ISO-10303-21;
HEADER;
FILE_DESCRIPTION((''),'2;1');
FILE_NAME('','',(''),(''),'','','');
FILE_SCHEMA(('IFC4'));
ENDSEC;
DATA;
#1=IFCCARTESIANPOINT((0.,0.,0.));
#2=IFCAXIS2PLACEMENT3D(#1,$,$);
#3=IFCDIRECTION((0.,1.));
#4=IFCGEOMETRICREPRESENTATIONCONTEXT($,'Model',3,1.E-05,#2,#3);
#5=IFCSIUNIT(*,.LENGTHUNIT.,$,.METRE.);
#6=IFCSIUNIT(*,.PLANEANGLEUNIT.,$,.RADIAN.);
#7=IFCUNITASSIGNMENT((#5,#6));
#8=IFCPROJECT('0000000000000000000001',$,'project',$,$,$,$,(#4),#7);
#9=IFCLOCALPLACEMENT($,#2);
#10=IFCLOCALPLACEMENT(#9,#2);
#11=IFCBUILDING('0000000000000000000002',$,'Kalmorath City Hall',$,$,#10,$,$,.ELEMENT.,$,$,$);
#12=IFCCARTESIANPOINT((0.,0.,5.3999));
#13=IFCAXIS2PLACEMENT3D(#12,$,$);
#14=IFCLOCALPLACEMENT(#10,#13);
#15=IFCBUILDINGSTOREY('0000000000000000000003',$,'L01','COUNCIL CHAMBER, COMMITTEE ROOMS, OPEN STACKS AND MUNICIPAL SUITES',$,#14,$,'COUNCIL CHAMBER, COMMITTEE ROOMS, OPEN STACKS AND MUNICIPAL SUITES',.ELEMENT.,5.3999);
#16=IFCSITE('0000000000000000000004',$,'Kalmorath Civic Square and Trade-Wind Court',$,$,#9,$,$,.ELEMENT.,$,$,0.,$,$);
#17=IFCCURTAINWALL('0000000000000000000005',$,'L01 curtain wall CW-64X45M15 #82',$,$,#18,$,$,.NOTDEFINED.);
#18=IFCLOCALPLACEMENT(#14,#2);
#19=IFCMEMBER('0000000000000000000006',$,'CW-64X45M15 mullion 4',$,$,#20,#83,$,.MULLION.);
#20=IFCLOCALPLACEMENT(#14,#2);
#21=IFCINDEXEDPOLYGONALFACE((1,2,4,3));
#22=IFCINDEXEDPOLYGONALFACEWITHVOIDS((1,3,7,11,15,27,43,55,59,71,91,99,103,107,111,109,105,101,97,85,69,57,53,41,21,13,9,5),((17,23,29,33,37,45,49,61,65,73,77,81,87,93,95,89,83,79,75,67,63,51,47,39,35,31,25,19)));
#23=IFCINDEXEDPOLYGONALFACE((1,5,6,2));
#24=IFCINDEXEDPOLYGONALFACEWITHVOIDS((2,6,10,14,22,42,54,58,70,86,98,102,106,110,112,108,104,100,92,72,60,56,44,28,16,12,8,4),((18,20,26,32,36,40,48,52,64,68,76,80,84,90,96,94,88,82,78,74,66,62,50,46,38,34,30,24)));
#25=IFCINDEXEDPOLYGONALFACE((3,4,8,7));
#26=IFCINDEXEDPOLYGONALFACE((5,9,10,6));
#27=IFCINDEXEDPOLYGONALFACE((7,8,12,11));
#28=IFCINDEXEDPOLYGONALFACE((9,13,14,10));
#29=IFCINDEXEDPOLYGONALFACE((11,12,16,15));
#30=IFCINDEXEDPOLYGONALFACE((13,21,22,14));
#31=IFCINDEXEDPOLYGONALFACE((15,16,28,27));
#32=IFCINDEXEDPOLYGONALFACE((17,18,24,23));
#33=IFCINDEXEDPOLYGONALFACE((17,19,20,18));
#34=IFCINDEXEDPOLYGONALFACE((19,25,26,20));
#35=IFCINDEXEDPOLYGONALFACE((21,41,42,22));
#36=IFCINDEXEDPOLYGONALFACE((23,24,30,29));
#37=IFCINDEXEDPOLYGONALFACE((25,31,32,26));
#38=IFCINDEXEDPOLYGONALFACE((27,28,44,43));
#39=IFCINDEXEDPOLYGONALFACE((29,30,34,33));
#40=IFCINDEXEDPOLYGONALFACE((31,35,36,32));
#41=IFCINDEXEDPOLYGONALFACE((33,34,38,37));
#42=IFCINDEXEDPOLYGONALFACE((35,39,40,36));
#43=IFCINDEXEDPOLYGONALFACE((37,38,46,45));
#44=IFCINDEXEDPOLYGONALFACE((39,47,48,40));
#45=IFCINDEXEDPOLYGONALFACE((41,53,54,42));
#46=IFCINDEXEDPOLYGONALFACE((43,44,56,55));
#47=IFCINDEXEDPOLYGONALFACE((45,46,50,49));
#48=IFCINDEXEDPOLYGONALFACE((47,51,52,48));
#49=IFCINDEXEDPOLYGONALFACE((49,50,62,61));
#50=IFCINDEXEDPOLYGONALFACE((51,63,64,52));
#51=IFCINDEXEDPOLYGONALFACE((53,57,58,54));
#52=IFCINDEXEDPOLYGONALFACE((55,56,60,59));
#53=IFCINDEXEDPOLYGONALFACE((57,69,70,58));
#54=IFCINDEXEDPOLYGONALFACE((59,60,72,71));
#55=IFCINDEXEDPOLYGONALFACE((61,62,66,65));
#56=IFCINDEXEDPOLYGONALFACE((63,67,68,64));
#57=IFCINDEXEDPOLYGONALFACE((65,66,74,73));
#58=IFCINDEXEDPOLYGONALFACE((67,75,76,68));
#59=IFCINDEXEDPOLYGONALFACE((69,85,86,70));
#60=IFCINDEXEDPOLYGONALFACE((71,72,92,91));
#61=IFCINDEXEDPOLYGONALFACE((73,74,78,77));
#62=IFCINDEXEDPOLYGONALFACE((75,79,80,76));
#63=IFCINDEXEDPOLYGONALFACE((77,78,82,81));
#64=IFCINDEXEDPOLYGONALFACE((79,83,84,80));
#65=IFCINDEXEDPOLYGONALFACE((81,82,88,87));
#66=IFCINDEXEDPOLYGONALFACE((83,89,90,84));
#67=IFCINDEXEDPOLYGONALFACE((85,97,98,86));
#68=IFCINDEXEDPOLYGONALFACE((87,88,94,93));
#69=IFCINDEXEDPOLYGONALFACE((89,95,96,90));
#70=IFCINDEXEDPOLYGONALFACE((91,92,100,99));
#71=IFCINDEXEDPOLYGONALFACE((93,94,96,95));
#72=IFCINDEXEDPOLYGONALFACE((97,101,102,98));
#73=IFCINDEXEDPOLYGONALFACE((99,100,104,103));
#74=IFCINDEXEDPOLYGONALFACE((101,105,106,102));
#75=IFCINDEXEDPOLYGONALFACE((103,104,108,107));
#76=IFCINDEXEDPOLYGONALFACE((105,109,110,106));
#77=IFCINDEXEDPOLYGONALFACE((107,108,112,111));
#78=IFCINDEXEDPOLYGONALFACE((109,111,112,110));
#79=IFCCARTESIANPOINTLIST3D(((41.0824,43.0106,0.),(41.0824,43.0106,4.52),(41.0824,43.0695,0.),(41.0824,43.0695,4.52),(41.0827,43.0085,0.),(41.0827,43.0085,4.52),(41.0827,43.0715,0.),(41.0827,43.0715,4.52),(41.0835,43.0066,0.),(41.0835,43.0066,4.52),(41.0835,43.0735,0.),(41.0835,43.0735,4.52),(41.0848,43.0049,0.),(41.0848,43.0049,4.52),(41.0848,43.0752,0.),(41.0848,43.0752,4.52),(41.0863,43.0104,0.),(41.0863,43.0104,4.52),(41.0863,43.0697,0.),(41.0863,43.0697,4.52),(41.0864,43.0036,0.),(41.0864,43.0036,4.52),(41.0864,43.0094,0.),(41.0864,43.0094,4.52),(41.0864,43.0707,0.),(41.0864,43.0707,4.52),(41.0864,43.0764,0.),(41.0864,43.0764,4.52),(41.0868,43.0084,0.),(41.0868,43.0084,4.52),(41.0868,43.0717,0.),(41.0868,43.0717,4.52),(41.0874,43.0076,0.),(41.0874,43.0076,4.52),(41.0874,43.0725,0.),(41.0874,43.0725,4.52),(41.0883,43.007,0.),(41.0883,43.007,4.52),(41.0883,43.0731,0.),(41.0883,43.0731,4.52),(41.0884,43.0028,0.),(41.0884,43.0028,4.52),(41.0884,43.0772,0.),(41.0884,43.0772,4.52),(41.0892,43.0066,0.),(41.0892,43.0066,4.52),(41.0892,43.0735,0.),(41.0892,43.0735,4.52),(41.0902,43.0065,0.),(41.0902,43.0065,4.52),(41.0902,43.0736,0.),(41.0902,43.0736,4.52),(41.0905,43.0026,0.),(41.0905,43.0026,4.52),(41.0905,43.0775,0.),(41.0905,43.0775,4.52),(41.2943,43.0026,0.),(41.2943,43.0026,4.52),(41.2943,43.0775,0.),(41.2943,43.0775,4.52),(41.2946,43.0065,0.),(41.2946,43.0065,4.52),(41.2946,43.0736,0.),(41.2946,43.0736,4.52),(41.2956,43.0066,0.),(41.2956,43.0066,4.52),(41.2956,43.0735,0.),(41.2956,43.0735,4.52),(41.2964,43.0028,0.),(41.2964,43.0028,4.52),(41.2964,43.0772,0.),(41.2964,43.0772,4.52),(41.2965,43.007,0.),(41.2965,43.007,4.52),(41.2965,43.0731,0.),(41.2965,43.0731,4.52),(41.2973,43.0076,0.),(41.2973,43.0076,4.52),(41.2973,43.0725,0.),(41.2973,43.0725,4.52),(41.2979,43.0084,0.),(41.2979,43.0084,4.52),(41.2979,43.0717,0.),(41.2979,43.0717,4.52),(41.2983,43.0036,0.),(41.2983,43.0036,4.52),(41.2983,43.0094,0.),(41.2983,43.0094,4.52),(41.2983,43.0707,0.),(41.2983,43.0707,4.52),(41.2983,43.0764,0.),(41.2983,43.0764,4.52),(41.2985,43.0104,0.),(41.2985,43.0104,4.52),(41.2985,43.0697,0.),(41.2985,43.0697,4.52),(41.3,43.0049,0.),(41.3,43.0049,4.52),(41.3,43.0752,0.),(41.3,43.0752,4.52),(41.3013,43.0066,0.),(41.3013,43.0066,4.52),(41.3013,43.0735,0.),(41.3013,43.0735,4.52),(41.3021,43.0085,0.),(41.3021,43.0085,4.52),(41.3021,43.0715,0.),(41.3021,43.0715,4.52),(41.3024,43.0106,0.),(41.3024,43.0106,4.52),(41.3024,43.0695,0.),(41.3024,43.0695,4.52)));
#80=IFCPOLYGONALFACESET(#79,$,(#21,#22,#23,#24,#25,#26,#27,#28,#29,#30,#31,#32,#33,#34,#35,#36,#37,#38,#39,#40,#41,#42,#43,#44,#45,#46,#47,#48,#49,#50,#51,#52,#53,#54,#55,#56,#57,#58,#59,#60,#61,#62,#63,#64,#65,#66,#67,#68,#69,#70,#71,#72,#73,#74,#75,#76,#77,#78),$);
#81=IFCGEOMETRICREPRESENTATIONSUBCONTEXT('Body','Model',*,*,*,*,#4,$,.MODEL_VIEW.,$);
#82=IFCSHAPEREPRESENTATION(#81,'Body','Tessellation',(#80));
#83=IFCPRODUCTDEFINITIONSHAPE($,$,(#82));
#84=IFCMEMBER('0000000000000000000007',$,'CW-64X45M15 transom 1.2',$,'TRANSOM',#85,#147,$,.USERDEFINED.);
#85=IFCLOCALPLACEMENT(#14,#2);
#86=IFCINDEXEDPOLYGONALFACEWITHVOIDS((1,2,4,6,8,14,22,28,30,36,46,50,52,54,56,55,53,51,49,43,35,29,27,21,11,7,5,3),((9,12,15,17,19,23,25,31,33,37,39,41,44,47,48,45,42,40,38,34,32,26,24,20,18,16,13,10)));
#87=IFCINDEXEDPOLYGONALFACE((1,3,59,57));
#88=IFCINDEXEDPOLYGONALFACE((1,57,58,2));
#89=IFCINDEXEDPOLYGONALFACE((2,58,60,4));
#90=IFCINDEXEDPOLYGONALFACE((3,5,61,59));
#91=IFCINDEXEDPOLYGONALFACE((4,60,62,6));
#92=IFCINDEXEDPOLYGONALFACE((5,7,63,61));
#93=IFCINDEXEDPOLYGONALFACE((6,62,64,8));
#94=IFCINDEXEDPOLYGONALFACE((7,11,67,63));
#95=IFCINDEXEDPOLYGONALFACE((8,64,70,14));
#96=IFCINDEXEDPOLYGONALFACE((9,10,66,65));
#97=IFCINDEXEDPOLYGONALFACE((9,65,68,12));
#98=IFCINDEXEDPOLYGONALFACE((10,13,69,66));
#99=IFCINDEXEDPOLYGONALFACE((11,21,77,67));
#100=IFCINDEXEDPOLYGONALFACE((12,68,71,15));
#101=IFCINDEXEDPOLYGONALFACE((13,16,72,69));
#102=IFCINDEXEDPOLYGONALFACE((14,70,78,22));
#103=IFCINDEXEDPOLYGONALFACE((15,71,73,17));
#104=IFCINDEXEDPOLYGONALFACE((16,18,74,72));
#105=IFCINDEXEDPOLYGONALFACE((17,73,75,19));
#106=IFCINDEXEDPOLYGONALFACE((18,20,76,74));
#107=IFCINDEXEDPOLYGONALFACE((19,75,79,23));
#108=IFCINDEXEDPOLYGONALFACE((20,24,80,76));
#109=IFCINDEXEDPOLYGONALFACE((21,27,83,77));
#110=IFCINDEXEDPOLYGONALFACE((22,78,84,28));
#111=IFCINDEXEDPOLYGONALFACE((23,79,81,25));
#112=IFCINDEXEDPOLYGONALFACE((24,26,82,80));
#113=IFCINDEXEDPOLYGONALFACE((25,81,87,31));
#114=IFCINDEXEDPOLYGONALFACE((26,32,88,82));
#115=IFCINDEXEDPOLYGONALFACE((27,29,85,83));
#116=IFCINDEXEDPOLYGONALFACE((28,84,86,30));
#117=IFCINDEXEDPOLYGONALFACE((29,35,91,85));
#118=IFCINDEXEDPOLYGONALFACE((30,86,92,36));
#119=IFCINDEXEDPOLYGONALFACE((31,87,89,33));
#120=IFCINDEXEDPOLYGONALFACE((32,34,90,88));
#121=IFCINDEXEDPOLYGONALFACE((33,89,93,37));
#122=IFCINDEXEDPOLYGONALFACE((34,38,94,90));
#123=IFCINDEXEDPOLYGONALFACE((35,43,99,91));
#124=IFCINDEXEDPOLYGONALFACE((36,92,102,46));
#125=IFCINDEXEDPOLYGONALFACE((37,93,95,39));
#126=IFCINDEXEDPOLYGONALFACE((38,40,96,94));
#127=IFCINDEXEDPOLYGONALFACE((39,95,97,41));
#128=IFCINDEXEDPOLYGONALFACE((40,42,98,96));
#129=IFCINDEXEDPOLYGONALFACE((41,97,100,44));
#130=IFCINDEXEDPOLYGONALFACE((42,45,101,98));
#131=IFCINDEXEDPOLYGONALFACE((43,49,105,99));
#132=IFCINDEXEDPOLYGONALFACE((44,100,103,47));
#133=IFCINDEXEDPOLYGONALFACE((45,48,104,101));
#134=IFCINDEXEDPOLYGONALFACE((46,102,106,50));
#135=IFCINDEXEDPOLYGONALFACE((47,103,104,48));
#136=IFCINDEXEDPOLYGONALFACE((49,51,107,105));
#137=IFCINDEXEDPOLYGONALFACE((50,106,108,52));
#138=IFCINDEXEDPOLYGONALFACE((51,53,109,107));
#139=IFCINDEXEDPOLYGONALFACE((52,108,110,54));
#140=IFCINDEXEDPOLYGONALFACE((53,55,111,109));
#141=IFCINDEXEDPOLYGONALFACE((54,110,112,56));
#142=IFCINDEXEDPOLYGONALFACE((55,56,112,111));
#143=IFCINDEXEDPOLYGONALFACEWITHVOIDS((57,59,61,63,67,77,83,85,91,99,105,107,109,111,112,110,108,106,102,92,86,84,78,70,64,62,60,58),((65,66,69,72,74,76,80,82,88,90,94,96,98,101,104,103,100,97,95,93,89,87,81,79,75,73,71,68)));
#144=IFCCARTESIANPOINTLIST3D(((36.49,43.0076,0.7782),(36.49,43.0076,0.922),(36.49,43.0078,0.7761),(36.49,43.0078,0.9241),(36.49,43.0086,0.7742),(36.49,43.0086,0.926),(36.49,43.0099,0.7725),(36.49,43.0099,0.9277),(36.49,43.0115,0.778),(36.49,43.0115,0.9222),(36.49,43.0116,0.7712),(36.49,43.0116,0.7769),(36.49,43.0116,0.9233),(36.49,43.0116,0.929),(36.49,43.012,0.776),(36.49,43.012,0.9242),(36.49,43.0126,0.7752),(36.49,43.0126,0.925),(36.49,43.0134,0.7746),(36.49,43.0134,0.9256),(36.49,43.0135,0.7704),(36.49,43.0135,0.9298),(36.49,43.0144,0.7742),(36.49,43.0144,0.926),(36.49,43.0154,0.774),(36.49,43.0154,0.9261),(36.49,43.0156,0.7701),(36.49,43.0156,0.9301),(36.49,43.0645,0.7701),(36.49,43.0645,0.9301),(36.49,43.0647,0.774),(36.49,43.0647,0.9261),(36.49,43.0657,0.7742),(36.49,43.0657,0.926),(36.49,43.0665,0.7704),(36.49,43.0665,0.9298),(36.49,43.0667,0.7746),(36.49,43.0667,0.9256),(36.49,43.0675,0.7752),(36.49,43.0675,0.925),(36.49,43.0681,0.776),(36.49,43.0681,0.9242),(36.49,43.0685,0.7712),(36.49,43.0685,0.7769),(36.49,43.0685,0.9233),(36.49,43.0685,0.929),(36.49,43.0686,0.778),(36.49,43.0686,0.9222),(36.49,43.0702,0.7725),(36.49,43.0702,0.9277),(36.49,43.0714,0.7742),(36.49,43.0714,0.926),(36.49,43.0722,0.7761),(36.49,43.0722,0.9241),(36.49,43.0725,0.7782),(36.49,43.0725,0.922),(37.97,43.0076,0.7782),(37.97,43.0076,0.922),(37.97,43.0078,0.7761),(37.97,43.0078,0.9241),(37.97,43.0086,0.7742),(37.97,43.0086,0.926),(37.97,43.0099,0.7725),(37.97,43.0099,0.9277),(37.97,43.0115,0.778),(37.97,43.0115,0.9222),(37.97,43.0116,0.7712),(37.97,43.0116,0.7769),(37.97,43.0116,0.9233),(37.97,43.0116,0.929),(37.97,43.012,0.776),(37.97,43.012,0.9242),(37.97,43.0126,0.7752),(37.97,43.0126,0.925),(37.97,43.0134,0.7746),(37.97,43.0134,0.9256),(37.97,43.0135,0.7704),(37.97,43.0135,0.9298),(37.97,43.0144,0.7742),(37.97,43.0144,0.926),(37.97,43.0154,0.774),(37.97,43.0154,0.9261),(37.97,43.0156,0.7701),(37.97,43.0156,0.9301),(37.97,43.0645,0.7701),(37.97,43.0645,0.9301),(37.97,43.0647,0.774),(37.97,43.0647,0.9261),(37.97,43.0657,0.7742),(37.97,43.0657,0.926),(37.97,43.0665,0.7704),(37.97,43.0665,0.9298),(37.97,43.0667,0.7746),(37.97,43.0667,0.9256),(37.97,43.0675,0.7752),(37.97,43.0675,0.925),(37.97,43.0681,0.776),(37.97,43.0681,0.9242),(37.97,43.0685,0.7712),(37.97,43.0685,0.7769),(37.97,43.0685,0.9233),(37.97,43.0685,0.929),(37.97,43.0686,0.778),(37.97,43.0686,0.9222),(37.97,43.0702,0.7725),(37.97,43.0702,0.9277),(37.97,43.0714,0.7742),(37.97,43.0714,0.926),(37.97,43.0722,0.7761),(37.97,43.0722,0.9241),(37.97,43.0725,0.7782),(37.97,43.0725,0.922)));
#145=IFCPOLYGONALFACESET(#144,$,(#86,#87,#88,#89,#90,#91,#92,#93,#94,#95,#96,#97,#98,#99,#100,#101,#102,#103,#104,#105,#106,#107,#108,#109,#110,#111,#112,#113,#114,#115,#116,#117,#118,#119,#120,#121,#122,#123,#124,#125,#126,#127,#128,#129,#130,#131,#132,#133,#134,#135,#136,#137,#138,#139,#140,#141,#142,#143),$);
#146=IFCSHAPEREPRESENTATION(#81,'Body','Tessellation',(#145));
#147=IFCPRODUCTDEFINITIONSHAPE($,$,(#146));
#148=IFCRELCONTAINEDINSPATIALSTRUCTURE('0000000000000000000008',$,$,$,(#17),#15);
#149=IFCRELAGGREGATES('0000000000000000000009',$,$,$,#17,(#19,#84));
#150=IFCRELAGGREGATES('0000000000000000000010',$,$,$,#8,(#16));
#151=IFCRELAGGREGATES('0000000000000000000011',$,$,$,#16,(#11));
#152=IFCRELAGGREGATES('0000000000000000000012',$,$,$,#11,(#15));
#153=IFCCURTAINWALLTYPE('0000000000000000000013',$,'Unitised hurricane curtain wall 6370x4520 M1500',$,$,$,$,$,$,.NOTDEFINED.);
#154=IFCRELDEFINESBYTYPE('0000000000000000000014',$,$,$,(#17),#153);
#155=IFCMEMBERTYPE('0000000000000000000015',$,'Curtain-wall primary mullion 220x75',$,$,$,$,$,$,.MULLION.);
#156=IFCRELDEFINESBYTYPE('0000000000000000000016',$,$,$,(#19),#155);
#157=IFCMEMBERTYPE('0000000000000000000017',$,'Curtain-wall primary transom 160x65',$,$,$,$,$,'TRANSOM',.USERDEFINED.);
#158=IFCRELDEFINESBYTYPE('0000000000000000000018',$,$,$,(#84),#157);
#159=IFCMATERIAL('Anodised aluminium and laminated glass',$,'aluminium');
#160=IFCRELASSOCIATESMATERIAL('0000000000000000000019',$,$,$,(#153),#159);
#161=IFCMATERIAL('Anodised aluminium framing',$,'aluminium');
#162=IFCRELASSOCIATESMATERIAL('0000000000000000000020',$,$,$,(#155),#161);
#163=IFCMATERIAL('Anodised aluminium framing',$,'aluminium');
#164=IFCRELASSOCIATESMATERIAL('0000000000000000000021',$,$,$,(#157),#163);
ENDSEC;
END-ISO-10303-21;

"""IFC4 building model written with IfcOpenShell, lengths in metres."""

from ifc_helpers import new_model, si_unit, direction, frame, origin, origin_2d, place, context, subcontext, project, spatial, hollow_rectangle, extrude, material, material_profile, profile_set, type_object, element, aggregate, save


model = new_model("IFC4")

# Units and contexts
model_context = context("Model", 3, precision=1e-05, world=origin(), true_north=direction((0.0, 1.0)))
body_context = subcontext(model_context, "Body", "Model", "MODEL_VIEW")
ifc_project = project(units=[si_unit("LENGTHUNIT", "METRE"), si_unit("PLANEANGLEUNIT", "RADIAN")], contexts=[model_context])

# Site, building, storey
site_placement = place(None, origin())
site = spatial("IfcSite", under=ifc_project, at=site_placement, Name="Kalmorath Civic Square and Trade-Wind Court", CompositionType="ELEMENT", RefElevation=0.0)
building_placement = place(site_placement, origin())
building = spatial("IfcBuilding", under=site, at=building_placement, Name="Kalmorath City Hall", CompositionType="ELEMENT")
storey_placement = place(building_placement, frame((0.0, 0.0, 5.3999)))
storey = spatial("IfcBuildingStorey", under=building, at=storey_placement, Name="L01", Description="COUNCIL CHAMBER, COMMITTEE ROOMS, OPEN STACKS AND MUNICIPAL SUITES", LongName="COUNCIL CHAMBER, COMMITTEE ROOMS, OPEN STACKS AND MUNICIPAL SUITES", CompositionType="ELEMENT", Elevation=5.3999)

# Curtain wall, members
ifc_material_1 = material(Name="Anodised aluminium and laminated glass", Category="aluminium")
curtain_wall_type = type_object("IfcCurtainWallType", Name="Unitised hurricane curtain wall 6370x4520 M1500", PredefinedType="NOTDEFINED", material=ifc_material_1)
curtain_wall_placement = place(storey_placement, origin())
curtain_wall = element("IfcCurtainWall", 1, at=curtain_wall_placement, inside=storey, type_object=curtain_wall_type, Name="L01 curtain wall CW-64X45M15 #82", PredefinedType="NOTDEFINED")
ifc_material_2 = material(Name="Anodised aluminium framing", Category="aluminium")
ifc_material_profile_1 = material_profile(ifc_material_2, hollow_rectangle(XDim=0.075, YDim=0.22, WallThickness=0.0039, InnerFilletRadius=0.0039, OuterFilletRadius=0.0081, at=origin_2d()), Name="ALU-MUL-220X75X4")
ifc_profile_set_1 = profile_set([ifc_material_profile_1], Name="Anodised aluminium framing")
member_type_1 = type_object("IfcMemberType", Name="Curtain-wall primary mullion 220x75", PredefinedType="MULLION", material=ifc_profile_set_1)
member_1_placement = place(storey_placement, frame((41.1924, 43.04, 0.0), z_axis=(0.0, 0.0, 1.0), x_axis=(0.0, 1.0, 0.0)))
member_1 = element("IfcMember", 2, at=member_1_placement, type_object=member_type_1, Name="CW-64X45M15 mullion 4", PredefinedType="MULLION", context=body_context, shape_type="SweptSolid", body=[
    extrude(hollow_rectangle(XDim=0.075, YDim=0.22, WallThickness=0.0039, InnerFilletRadius=0.0039, OuterFilletRadius=0.0081, at=origin_2d()), origin(), (0.0, 0.0, 1.0), 4.52),
])
ifc_material_3 = material(Name="Anodised aluminium framing", Category="aluminium")
ifc_material_profile_2 = material_profile(ifc_material_3, hollow_rectangle(XDim=0.0649, YDim=0.1599, WallThickness=0.0039, InnerFilletRadius=0.0039, OuterFilletRadius=0.0081, at=origin_2d()), Name="ALU-TRN-160X65X4")
ifc_profile_set_2 = profile_set([ifc_material_profile_2], Name="Anodised aluminium framing")
member_type_2 = type_object("IfcMemberType", Name="Curtain-wall primary transom 160x65", ElementType="TRANSOM", PredefinedType="USERDEFINED", material=ifc_profile_set_2)
member_2_placement = place(storey_placement, frame((36.49, 43.04, 0.8501), z_axis=(1.0, 0.0, 0.0), x_axis=(0.0, 1.0, 0.0)))
member_2 = element("IfcMember", 3, at=member_2_placement, type_object=member_type_2, Name="CW-64X45M15 transom 1.2", ObjectType="TRANSOM", PredefinedType="USERDEFINED", context=body_context, shape_type="SweptSolid", body=[
    extrude(hollow_rectangle(XDim=0.0649, YDim=0.1599, WallThickness=0.0039, InnerFilletRadius=0.0039, OuterFilletRadius=0.0081, at=origin_2d()), origin(), (0.0, 0.0, 1.0), 1.48),
])
aggregate(curtain_wall, [member_1, member_2])

save(model, "model.ifc")
